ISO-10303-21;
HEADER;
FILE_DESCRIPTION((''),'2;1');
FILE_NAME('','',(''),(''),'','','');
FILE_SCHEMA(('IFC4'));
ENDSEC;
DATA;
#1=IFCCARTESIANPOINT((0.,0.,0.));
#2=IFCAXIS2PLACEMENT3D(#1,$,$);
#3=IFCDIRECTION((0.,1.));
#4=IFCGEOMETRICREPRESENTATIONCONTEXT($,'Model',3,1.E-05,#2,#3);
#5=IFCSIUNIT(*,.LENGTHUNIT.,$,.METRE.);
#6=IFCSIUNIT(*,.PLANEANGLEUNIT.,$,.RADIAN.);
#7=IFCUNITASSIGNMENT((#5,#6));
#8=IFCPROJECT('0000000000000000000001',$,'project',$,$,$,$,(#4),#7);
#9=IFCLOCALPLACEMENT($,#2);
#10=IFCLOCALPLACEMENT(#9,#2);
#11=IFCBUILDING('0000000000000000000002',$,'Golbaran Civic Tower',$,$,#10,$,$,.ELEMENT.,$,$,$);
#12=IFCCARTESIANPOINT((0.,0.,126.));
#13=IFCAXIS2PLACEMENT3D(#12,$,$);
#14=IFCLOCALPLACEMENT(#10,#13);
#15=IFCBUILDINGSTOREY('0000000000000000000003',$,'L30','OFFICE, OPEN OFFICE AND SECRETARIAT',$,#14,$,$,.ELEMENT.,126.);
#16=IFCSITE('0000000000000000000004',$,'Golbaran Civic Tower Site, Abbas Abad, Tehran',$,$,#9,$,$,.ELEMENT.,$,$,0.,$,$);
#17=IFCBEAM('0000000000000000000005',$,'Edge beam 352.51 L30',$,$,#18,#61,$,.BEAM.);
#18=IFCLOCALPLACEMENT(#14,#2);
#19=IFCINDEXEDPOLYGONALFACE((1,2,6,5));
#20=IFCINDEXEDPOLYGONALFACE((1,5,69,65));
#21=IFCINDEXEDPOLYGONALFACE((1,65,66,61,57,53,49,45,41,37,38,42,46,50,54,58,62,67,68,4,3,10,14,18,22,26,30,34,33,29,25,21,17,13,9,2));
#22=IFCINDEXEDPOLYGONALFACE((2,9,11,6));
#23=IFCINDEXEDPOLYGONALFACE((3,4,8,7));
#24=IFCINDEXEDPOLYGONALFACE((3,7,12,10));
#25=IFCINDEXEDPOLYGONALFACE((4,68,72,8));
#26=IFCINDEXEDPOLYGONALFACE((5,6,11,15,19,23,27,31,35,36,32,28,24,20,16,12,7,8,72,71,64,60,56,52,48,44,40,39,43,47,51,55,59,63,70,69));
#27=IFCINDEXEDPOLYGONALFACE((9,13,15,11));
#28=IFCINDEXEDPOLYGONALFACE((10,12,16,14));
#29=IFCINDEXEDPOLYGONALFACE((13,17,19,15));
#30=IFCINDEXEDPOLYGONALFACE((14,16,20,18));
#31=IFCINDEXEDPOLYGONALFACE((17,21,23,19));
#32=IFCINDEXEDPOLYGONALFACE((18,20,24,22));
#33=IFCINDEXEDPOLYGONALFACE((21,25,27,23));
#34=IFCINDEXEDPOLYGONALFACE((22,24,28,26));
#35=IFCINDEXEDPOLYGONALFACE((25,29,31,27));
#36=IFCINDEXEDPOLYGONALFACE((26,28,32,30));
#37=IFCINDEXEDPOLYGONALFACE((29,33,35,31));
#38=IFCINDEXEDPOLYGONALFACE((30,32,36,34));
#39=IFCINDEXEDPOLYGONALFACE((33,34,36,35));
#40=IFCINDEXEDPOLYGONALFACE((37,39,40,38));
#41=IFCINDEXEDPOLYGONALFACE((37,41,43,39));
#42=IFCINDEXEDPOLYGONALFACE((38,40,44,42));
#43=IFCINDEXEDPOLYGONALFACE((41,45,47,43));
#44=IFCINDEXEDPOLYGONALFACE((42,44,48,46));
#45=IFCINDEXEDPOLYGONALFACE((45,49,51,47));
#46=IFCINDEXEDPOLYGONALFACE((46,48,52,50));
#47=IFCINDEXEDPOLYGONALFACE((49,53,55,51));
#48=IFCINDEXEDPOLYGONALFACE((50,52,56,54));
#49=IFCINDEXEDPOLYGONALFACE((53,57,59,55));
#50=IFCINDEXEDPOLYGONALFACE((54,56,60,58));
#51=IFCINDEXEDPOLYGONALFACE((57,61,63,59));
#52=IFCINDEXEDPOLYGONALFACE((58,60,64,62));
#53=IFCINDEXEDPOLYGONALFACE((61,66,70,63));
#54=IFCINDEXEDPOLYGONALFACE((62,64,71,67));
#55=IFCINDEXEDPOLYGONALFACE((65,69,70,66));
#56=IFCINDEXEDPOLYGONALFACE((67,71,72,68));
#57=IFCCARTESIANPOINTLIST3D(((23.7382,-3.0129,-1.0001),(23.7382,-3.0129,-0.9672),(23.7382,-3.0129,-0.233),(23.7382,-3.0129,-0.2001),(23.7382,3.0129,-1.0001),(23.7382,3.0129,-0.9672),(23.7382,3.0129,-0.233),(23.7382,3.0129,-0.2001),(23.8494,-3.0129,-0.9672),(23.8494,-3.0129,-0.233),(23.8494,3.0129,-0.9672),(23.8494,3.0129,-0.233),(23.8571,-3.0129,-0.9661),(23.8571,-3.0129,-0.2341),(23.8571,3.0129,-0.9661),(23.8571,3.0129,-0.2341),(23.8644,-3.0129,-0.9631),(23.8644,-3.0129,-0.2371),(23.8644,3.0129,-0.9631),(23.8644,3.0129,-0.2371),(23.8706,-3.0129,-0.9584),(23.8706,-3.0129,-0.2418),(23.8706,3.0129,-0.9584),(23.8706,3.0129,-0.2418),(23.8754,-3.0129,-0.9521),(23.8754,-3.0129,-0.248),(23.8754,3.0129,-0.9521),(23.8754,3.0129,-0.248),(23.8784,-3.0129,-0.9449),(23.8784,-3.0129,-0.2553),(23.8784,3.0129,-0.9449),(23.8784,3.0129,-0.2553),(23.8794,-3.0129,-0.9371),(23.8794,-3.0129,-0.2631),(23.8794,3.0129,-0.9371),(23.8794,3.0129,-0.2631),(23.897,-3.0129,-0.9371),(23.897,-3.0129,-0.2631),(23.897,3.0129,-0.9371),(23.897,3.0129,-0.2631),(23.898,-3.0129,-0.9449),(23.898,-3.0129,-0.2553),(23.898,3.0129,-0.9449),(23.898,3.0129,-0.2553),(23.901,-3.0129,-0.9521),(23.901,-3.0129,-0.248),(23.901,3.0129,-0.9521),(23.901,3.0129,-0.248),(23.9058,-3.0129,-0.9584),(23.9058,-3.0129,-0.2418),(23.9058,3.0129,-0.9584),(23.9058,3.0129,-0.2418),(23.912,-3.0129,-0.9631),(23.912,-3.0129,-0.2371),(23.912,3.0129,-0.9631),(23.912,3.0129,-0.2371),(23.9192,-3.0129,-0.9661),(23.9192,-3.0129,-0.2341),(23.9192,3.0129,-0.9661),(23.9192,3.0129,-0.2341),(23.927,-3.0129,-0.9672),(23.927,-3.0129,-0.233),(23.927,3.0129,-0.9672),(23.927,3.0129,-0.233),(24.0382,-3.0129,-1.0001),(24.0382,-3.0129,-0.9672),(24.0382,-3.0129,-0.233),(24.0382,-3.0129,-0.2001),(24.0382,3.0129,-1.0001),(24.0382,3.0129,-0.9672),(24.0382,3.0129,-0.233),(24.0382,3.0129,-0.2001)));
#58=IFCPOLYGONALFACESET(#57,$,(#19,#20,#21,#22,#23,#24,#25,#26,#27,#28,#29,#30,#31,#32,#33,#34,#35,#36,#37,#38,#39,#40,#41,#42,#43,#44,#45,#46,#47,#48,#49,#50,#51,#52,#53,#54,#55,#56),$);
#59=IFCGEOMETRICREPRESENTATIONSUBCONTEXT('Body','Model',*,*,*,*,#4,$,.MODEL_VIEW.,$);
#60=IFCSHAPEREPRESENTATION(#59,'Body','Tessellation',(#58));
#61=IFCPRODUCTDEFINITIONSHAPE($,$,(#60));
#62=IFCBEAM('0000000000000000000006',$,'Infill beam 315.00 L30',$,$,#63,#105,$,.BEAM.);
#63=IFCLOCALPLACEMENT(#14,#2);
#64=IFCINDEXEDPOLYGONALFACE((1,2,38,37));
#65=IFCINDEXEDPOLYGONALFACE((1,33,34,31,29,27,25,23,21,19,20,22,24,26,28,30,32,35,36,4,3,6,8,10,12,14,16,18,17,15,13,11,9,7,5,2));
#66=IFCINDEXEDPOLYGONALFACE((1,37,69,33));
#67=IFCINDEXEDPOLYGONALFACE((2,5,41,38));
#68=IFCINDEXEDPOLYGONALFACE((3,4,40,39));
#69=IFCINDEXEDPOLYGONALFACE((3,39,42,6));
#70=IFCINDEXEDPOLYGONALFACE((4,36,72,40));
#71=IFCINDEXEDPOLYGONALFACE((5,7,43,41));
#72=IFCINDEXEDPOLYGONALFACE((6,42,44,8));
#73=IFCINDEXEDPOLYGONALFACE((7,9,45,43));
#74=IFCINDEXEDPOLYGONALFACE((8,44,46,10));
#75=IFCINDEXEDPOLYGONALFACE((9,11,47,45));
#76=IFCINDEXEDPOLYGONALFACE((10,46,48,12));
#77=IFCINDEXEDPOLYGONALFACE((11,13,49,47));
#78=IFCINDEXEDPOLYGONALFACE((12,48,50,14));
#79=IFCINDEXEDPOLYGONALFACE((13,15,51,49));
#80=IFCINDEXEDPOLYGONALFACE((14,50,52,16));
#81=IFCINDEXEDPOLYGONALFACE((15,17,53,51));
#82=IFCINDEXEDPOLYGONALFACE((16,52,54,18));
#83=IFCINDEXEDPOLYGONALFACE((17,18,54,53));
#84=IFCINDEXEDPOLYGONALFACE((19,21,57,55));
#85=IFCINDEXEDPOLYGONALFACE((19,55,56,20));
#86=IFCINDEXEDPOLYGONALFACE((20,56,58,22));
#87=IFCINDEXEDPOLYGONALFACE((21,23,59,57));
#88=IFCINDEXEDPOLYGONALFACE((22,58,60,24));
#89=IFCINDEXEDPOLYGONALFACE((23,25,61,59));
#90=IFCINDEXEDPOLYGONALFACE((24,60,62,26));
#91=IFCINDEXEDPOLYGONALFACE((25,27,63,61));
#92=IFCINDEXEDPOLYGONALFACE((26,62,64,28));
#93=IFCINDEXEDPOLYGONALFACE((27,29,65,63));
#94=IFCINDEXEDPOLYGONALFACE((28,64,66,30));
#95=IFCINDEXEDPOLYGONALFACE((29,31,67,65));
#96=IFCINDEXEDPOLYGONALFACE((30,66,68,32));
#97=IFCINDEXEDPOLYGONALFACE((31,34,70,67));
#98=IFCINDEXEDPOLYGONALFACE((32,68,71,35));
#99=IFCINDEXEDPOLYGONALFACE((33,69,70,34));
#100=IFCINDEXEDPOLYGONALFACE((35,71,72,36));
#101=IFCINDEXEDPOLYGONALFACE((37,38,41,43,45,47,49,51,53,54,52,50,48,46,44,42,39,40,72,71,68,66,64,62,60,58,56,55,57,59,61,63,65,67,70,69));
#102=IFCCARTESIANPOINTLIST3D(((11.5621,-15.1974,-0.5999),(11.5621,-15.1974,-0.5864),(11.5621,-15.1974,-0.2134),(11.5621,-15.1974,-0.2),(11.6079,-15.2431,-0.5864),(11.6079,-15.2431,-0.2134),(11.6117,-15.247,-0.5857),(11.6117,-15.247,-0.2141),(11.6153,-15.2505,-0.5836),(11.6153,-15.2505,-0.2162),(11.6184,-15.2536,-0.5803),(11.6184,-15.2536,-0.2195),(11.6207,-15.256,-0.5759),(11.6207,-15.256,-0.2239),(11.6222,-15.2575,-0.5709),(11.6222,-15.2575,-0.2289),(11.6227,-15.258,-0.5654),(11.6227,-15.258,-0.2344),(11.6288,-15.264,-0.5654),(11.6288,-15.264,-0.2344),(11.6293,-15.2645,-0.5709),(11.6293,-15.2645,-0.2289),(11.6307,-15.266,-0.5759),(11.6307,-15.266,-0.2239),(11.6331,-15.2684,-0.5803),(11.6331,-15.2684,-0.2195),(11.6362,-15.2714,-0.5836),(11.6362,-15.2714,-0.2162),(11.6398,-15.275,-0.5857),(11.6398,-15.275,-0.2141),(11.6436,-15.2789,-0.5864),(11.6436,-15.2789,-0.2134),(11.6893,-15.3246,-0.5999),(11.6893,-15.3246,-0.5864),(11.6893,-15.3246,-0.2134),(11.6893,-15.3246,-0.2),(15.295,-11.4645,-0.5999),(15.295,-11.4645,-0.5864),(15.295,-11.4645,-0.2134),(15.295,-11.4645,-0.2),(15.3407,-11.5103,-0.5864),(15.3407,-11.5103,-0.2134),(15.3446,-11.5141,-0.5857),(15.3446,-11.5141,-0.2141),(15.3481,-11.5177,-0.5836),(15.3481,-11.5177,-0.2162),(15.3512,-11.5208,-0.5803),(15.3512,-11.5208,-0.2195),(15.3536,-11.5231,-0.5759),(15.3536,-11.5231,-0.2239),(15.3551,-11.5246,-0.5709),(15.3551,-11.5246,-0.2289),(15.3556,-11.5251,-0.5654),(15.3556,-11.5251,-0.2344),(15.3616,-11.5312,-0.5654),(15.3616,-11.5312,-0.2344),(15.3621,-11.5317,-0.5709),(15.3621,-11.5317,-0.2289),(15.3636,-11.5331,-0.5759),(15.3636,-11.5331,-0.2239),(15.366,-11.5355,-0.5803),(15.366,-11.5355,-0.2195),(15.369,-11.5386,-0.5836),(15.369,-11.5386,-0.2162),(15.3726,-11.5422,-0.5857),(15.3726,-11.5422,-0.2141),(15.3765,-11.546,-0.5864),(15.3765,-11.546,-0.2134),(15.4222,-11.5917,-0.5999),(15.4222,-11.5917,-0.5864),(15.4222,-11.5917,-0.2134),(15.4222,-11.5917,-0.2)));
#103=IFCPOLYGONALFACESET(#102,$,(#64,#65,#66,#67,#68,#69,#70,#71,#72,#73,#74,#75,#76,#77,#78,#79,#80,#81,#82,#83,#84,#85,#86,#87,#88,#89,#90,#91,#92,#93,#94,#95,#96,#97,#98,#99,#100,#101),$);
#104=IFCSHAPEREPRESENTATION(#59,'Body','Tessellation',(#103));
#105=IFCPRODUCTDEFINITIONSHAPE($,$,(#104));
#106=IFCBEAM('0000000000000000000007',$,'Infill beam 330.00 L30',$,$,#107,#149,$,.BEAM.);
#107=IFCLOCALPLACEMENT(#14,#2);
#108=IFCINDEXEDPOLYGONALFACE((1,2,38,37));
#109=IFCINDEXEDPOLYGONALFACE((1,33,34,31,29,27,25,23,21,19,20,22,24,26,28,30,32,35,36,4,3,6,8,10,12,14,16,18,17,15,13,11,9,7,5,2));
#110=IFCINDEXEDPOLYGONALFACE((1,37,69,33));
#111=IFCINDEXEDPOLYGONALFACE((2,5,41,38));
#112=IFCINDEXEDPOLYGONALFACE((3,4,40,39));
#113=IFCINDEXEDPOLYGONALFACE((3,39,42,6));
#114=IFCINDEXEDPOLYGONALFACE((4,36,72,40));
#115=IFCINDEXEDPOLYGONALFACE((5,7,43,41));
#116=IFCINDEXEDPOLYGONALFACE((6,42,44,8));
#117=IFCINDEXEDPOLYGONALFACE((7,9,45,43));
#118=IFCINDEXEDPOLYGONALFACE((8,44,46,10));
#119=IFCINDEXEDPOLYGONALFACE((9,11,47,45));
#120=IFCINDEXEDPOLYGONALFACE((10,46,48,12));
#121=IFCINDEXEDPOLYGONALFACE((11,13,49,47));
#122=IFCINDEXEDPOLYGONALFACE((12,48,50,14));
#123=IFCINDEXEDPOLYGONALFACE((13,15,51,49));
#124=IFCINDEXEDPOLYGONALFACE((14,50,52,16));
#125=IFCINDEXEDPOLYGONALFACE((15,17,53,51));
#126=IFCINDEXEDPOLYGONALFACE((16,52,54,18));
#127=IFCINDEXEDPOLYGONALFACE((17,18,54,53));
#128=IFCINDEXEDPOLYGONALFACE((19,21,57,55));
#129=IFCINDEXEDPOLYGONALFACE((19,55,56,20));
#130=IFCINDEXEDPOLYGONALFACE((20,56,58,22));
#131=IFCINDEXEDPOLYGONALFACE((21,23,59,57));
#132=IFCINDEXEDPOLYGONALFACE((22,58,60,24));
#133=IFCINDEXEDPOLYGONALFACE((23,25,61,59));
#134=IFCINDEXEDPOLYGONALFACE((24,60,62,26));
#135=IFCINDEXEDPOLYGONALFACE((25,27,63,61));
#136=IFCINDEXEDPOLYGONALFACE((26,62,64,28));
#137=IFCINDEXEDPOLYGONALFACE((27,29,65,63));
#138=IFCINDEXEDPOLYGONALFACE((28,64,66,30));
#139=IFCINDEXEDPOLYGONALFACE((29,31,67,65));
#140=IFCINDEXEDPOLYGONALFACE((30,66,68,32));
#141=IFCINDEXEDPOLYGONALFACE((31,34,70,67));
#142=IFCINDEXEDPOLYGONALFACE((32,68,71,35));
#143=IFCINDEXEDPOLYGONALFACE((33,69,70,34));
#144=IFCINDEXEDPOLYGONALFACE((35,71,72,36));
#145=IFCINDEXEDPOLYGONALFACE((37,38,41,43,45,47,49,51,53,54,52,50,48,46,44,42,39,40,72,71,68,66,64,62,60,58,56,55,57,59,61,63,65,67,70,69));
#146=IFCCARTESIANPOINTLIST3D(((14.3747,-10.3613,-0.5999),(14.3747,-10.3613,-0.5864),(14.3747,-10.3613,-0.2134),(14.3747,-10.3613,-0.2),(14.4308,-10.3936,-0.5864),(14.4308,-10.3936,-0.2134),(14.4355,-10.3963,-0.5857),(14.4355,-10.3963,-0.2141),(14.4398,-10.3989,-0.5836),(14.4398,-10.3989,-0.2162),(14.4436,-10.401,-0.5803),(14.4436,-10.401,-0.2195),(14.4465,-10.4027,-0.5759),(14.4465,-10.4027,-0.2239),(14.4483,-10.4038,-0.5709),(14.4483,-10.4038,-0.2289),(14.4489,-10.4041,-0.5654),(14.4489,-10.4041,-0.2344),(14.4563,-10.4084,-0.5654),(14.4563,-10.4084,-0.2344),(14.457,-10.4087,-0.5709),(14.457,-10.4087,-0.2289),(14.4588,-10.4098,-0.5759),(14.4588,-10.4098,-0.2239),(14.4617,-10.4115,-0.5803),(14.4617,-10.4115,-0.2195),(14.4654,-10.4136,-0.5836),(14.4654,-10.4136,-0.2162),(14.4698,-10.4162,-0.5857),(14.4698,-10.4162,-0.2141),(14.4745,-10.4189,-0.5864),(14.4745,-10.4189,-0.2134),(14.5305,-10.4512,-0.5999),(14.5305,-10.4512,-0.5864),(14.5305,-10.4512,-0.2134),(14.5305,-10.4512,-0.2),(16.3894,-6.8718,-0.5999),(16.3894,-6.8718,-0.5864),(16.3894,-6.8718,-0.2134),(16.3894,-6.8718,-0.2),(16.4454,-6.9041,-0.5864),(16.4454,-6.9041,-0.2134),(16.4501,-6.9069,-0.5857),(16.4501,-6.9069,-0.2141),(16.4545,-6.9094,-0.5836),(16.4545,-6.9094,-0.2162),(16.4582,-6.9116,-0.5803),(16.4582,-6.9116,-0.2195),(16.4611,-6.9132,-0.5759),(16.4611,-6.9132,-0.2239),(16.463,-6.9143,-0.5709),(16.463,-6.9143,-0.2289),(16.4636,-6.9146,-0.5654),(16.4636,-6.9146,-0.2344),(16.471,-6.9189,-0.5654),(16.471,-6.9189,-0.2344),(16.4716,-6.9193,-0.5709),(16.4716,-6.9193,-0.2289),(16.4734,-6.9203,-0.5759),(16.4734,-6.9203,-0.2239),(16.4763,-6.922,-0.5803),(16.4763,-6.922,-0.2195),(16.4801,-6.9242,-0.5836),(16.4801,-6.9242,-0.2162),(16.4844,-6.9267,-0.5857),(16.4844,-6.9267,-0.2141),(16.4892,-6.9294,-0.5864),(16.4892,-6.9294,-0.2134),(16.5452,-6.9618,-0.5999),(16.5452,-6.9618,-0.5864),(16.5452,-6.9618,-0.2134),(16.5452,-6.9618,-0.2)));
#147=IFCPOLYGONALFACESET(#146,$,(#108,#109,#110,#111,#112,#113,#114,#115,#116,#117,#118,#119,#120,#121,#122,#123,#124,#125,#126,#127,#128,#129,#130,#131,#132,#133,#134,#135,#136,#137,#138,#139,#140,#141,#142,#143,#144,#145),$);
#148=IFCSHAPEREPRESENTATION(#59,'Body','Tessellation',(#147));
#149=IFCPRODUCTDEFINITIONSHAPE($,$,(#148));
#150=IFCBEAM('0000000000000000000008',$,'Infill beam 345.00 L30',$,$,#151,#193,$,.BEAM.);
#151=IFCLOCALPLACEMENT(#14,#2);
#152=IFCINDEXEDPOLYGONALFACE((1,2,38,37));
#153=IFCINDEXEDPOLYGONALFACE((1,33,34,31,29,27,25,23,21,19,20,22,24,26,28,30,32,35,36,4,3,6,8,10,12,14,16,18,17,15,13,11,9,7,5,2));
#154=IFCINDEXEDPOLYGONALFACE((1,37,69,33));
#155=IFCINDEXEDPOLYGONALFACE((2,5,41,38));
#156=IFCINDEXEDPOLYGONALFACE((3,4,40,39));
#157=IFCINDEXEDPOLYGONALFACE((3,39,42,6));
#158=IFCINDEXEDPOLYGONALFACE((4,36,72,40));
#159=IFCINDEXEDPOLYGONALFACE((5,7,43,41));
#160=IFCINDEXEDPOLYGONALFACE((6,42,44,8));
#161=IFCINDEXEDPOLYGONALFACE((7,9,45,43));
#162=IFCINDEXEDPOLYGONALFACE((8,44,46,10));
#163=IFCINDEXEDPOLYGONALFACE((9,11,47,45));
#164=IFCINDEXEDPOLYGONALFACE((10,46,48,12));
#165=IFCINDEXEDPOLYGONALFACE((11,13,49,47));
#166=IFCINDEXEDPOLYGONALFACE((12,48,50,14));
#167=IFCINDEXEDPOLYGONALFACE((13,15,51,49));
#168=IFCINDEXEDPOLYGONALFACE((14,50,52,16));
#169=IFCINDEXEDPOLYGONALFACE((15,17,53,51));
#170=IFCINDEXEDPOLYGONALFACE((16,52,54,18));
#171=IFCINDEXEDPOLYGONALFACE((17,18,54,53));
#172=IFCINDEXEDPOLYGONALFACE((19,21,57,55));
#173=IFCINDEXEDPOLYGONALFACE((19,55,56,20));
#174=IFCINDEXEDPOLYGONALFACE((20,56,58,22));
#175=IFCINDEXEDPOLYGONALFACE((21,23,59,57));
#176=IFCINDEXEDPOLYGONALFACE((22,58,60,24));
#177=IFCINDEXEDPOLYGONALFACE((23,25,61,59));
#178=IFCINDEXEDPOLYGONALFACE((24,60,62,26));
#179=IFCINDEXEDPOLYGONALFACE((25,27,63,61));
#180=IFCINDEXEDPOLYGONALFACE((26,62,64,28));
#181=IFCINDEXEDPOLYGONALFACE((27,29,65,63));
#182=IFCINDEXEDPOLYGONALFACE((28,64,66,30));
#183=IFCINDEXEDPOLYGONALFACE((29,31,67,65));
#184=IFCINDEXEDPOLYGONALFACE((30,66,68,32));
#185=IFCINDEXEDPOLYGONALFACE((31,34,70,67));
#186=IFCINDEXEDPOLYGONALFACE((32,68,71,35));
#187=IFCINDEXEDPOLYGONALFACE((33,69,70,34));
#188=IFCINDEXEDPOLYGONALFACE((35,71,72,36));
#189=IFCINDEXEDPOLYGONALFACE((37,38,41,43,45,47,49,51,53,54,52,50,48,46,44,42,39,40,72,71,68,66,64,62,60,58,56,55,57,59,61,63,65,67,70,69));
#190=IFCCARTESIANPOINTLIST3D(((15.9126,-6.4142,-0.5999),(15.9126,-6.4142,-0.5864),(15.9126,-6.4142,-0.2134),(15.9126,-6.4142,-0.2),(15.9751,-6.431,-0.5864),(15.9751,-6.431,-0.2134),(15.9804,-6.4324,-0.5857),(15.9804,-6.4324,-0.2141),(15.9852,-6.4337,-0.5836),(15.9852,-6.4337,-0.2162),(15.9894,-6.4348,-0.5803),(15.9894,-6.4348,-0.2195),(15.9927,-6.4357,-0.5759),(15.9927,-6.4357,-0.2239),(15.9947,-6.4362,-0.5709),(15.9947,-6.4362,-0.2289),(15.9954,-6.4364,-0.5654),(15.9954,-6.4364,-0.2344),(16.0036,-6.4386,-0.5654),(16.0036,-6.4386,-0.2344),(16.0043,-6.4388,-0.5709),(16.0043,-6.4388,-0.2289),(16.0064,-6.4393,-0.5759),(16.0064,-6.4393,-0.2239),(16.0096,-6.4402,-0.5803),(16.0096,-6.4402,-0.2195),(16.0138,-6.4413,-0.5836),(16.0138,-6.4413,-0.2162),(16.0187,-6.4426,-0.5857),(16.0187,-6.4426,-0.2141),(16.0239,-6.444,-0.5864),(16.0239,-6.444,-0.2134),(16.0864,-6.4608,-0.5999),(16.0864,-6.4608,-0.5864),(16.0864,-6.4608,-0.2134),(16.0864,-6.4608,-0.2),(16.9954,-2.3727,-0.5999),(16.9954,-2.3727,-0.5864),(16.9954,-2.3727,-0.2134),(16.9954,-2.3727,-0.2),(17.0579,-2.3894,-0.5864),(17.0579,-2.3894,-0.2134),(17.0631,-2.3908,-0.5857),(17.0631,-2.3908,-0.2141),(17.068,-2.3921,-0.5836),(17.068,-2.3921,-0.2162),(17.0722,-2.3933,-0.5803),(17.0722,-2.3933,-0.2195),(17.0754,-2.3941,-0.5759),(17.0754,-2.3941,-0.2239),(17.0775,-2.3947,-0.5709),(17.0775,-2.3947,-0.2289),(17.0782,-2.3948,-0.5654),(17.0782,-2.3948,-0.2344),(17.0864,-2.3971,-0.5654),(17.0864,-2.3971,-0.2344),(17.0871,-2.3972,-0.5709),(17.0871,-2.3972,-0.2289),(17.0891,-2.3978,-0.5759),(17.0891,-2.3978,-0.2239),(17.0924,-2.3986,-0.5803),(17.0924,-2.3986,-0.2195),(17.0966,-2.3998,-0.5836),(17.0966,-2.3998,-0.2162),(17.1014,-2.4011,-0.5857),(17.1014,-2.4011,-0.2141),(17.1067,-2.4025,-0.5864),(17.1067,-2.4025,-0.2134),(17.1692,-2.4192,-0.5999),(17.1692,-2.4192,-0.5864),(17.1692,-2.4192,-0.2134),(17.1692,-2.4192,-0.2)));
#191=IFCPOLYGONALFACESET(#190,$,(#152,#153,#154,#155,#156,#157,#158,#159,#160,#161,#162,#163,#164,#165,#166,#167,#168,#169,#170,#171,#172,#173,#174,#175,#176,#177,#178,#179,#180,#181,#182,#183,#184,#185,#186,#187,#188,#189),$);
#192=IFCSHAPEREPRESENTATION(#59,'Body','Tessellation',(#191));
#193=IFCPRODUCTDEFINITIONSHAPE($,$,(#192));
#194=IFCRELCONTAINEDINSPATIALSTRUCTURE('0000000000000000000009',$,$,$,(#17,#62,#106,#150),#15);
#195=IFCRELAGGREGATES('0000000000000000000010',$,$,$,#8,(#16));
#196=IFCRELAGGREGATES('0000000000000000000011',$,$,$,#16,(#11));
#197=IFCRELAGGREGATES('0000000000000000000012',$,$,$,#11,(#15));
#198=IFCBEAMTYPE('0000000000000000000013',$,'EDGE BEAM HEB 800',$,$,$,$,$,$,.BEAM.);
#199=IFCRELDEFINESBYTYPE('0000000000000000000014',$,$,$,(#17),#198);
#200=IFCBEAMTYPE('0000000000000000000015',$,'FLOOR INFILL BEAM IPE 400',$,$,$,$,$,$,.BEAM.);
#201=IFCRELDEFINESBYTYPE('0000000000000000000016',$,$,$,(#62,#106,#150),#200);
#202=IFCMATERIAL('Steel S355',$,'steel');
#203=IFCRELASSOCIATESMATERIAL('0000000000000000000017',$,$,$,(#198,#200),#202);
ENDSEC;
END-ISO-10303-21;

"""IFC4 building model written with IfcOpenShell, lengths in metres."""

from ifc_helpers import new_model, si_unit, direction, frame, origin, origin_2d, place, context, subcontext, project, spatial, i_section, extrude, material, material_profile, profile_set, type_object, element, save


model = new_model("IFC4")

# Units and contexts
model_context = context("Model", 3, precision=1e-05, world=origin(), true_north=direction((0.0, 1.0)))
body_context = subcontext(model_context, "Body", "Model", "MODEL_VIEW")
ifc_project = project(units=[si_unit("LENGTHUNIT", "METRE"), si_unit("PLANEANGLEUNIT", "RADIAN")], contexts=[model_context])

# Site, building, storey
site_placement = place(None, origin())
site = spatial("IfcSite", under=ifc_project, at=site_placement, Name="Golbaran Civic Tower Site, Abbas Abad, Tehran", CompositionType="ELEMENT", RefElevation=0.0)
building_placement = place(site_placement, origin())
building = spatial("IfcBuilding", under=site, at=building_placement, Name="Golbaran Civic Tower", CompositionType="ELEMENT")
storey_placement = place(building_placement, frame((0.0, 0.0, 126.0)))
storey = spatial("IfcBuildingStorey", under=building, at=storey_placement, Name="L30", Description="OFFICE, OPEN OFFICE AND SECRETARIAT", CompositionType="ELEMENT", Elevation=126.0)

# Beams
ifc_material_1 = material(Name="Steel S355", Category="steel")
ifc_material_profile_1 = material_profile(ifc_material_1, i_section(OverallWidth=0.3, OverallDepth=0.8, WebThickness=0.0176, FlangeThickness=0.033, FilletRadius=0.03, at=origin_2d()), Name="HEB 800")
ifc_profile_set_1 = profile_set([ifc_material_profile_1], Name="Steel S355")
beam_type_1 = type_object("IfcBeamType", Name="EDGE BEAM HEB 800", PredefinedType="BEAM", material=ifc_profile_set_1)
beam_1_placement = place(storey_placement, frame((23.8882, -3.0129, -0.6001), z_axis=(0.0, 1.0, 0.0), x_axis=(-1.0, 0.0, 0.0)))
element("IfcBeam", 1, at=beam_1_placement, inside=storey, type_object=beam_type_1, Name="Edge beam 352.51 L30", PredefinedType="BEAM", context=body_context, shape_type="SweptSolid", body=[
    extrude(i_section(OverallWidth=0.3, OverallDepth=0.8, WebThickness=0.0176, FlangeThickness=0.033, FilletRadius=0.03, at=origin_2d()), origin(), (0.0, 0.0, 1.0), 6.0259),
])
ifc_material_profile_2 = material_profile(ifc_material_1, i_section(OverallWidth=0.1799, OverallDepth=0.3999, WebThickness=0.0085, FlangeThickness=0.0134, FilletRadius=0.021, at=origin_2d()), Name="IPE 400")
ifc_profile_set_2 = profile_set([ifc_material_profile_2], Name="Steel S355")
beam_type_2 = type_object("IfcBeamType", Name="FLOOR INFILL BEAM IPE 400", PredefinedType="BEAM", material=ifc_profile_set_2)
beam_2_placement = place(storey_placement, frame((11.6257, -15.261, -0.3999), z_axis=(0.707107, 0.707107, 0.0), x_axis=(-0.707107, 0.707107, 0.0)))
element("IfcBeam", 2, at=beam_2_placement, inside=storey, type_object=beam_type_2, Name="Infill beam 315.00 L30", PredefinedType="BEAM", context=body_context, shape_type="SweptSolid", body=[
    extrude(i_section(OverallWidth=0.1799, OverallDepth=0.3999, WebThickness=0.0085, FlangeThickness=0.0134, FilletRadius=0.021, at=origin_2d()), origin(), (0.0, 0.0, 1.0), 5.2791),
])
beam_3_placement = place(storey_placement, frame((14.4526, -10.4062, -0.3999), z_axis=(0.499997, 0.866027, 0.0), x_axis=(-0.866027, 0.499997, 0.0)))
element("IfcBeam", 3, at=beam_3_placement, inside=storey, type_object=beam_type_2, Name="Infill beam 330.00 L30", PredefinedType="BEAM", context=body_context, shape_type="SweptSolid", body=[
    extrude(i_section(OverallWidth=0.1799, OverallDepth=0.3999, WebThickness=0.0085, FlangeThickness=0.0134, FilletRadius=0.021, at=origin_2d()), origin(), (0.0, 0.0, 1.0), 4.0293),
])
beam_4_placement = place(storey_placement, frame((15.9995, -6.4375, -0.3999), z_axis=(0.258785, 0.965935, 0.0), x_axis=(-0.965935, 0.258785, 0.0)))
element("IfcBeam", 4, at=beam_4_placement, inside=storey, type_object=beam_type_2, Name="Infill beam 345.00 L30", PredefinedType="BEAM", context=body_context, shape_type="SweptSolid", body=[
    extrude(i_section(OverallWidth=0.1799, OverallDepth=0.3999, WebThickness=0.0085, FlangeThickness=0.0134, FilletRadius=0.021, at=origin_2d()), origin(), (0.0, 0.0, 1.0), 4.1841),
])

save(model, "model.ifc")
